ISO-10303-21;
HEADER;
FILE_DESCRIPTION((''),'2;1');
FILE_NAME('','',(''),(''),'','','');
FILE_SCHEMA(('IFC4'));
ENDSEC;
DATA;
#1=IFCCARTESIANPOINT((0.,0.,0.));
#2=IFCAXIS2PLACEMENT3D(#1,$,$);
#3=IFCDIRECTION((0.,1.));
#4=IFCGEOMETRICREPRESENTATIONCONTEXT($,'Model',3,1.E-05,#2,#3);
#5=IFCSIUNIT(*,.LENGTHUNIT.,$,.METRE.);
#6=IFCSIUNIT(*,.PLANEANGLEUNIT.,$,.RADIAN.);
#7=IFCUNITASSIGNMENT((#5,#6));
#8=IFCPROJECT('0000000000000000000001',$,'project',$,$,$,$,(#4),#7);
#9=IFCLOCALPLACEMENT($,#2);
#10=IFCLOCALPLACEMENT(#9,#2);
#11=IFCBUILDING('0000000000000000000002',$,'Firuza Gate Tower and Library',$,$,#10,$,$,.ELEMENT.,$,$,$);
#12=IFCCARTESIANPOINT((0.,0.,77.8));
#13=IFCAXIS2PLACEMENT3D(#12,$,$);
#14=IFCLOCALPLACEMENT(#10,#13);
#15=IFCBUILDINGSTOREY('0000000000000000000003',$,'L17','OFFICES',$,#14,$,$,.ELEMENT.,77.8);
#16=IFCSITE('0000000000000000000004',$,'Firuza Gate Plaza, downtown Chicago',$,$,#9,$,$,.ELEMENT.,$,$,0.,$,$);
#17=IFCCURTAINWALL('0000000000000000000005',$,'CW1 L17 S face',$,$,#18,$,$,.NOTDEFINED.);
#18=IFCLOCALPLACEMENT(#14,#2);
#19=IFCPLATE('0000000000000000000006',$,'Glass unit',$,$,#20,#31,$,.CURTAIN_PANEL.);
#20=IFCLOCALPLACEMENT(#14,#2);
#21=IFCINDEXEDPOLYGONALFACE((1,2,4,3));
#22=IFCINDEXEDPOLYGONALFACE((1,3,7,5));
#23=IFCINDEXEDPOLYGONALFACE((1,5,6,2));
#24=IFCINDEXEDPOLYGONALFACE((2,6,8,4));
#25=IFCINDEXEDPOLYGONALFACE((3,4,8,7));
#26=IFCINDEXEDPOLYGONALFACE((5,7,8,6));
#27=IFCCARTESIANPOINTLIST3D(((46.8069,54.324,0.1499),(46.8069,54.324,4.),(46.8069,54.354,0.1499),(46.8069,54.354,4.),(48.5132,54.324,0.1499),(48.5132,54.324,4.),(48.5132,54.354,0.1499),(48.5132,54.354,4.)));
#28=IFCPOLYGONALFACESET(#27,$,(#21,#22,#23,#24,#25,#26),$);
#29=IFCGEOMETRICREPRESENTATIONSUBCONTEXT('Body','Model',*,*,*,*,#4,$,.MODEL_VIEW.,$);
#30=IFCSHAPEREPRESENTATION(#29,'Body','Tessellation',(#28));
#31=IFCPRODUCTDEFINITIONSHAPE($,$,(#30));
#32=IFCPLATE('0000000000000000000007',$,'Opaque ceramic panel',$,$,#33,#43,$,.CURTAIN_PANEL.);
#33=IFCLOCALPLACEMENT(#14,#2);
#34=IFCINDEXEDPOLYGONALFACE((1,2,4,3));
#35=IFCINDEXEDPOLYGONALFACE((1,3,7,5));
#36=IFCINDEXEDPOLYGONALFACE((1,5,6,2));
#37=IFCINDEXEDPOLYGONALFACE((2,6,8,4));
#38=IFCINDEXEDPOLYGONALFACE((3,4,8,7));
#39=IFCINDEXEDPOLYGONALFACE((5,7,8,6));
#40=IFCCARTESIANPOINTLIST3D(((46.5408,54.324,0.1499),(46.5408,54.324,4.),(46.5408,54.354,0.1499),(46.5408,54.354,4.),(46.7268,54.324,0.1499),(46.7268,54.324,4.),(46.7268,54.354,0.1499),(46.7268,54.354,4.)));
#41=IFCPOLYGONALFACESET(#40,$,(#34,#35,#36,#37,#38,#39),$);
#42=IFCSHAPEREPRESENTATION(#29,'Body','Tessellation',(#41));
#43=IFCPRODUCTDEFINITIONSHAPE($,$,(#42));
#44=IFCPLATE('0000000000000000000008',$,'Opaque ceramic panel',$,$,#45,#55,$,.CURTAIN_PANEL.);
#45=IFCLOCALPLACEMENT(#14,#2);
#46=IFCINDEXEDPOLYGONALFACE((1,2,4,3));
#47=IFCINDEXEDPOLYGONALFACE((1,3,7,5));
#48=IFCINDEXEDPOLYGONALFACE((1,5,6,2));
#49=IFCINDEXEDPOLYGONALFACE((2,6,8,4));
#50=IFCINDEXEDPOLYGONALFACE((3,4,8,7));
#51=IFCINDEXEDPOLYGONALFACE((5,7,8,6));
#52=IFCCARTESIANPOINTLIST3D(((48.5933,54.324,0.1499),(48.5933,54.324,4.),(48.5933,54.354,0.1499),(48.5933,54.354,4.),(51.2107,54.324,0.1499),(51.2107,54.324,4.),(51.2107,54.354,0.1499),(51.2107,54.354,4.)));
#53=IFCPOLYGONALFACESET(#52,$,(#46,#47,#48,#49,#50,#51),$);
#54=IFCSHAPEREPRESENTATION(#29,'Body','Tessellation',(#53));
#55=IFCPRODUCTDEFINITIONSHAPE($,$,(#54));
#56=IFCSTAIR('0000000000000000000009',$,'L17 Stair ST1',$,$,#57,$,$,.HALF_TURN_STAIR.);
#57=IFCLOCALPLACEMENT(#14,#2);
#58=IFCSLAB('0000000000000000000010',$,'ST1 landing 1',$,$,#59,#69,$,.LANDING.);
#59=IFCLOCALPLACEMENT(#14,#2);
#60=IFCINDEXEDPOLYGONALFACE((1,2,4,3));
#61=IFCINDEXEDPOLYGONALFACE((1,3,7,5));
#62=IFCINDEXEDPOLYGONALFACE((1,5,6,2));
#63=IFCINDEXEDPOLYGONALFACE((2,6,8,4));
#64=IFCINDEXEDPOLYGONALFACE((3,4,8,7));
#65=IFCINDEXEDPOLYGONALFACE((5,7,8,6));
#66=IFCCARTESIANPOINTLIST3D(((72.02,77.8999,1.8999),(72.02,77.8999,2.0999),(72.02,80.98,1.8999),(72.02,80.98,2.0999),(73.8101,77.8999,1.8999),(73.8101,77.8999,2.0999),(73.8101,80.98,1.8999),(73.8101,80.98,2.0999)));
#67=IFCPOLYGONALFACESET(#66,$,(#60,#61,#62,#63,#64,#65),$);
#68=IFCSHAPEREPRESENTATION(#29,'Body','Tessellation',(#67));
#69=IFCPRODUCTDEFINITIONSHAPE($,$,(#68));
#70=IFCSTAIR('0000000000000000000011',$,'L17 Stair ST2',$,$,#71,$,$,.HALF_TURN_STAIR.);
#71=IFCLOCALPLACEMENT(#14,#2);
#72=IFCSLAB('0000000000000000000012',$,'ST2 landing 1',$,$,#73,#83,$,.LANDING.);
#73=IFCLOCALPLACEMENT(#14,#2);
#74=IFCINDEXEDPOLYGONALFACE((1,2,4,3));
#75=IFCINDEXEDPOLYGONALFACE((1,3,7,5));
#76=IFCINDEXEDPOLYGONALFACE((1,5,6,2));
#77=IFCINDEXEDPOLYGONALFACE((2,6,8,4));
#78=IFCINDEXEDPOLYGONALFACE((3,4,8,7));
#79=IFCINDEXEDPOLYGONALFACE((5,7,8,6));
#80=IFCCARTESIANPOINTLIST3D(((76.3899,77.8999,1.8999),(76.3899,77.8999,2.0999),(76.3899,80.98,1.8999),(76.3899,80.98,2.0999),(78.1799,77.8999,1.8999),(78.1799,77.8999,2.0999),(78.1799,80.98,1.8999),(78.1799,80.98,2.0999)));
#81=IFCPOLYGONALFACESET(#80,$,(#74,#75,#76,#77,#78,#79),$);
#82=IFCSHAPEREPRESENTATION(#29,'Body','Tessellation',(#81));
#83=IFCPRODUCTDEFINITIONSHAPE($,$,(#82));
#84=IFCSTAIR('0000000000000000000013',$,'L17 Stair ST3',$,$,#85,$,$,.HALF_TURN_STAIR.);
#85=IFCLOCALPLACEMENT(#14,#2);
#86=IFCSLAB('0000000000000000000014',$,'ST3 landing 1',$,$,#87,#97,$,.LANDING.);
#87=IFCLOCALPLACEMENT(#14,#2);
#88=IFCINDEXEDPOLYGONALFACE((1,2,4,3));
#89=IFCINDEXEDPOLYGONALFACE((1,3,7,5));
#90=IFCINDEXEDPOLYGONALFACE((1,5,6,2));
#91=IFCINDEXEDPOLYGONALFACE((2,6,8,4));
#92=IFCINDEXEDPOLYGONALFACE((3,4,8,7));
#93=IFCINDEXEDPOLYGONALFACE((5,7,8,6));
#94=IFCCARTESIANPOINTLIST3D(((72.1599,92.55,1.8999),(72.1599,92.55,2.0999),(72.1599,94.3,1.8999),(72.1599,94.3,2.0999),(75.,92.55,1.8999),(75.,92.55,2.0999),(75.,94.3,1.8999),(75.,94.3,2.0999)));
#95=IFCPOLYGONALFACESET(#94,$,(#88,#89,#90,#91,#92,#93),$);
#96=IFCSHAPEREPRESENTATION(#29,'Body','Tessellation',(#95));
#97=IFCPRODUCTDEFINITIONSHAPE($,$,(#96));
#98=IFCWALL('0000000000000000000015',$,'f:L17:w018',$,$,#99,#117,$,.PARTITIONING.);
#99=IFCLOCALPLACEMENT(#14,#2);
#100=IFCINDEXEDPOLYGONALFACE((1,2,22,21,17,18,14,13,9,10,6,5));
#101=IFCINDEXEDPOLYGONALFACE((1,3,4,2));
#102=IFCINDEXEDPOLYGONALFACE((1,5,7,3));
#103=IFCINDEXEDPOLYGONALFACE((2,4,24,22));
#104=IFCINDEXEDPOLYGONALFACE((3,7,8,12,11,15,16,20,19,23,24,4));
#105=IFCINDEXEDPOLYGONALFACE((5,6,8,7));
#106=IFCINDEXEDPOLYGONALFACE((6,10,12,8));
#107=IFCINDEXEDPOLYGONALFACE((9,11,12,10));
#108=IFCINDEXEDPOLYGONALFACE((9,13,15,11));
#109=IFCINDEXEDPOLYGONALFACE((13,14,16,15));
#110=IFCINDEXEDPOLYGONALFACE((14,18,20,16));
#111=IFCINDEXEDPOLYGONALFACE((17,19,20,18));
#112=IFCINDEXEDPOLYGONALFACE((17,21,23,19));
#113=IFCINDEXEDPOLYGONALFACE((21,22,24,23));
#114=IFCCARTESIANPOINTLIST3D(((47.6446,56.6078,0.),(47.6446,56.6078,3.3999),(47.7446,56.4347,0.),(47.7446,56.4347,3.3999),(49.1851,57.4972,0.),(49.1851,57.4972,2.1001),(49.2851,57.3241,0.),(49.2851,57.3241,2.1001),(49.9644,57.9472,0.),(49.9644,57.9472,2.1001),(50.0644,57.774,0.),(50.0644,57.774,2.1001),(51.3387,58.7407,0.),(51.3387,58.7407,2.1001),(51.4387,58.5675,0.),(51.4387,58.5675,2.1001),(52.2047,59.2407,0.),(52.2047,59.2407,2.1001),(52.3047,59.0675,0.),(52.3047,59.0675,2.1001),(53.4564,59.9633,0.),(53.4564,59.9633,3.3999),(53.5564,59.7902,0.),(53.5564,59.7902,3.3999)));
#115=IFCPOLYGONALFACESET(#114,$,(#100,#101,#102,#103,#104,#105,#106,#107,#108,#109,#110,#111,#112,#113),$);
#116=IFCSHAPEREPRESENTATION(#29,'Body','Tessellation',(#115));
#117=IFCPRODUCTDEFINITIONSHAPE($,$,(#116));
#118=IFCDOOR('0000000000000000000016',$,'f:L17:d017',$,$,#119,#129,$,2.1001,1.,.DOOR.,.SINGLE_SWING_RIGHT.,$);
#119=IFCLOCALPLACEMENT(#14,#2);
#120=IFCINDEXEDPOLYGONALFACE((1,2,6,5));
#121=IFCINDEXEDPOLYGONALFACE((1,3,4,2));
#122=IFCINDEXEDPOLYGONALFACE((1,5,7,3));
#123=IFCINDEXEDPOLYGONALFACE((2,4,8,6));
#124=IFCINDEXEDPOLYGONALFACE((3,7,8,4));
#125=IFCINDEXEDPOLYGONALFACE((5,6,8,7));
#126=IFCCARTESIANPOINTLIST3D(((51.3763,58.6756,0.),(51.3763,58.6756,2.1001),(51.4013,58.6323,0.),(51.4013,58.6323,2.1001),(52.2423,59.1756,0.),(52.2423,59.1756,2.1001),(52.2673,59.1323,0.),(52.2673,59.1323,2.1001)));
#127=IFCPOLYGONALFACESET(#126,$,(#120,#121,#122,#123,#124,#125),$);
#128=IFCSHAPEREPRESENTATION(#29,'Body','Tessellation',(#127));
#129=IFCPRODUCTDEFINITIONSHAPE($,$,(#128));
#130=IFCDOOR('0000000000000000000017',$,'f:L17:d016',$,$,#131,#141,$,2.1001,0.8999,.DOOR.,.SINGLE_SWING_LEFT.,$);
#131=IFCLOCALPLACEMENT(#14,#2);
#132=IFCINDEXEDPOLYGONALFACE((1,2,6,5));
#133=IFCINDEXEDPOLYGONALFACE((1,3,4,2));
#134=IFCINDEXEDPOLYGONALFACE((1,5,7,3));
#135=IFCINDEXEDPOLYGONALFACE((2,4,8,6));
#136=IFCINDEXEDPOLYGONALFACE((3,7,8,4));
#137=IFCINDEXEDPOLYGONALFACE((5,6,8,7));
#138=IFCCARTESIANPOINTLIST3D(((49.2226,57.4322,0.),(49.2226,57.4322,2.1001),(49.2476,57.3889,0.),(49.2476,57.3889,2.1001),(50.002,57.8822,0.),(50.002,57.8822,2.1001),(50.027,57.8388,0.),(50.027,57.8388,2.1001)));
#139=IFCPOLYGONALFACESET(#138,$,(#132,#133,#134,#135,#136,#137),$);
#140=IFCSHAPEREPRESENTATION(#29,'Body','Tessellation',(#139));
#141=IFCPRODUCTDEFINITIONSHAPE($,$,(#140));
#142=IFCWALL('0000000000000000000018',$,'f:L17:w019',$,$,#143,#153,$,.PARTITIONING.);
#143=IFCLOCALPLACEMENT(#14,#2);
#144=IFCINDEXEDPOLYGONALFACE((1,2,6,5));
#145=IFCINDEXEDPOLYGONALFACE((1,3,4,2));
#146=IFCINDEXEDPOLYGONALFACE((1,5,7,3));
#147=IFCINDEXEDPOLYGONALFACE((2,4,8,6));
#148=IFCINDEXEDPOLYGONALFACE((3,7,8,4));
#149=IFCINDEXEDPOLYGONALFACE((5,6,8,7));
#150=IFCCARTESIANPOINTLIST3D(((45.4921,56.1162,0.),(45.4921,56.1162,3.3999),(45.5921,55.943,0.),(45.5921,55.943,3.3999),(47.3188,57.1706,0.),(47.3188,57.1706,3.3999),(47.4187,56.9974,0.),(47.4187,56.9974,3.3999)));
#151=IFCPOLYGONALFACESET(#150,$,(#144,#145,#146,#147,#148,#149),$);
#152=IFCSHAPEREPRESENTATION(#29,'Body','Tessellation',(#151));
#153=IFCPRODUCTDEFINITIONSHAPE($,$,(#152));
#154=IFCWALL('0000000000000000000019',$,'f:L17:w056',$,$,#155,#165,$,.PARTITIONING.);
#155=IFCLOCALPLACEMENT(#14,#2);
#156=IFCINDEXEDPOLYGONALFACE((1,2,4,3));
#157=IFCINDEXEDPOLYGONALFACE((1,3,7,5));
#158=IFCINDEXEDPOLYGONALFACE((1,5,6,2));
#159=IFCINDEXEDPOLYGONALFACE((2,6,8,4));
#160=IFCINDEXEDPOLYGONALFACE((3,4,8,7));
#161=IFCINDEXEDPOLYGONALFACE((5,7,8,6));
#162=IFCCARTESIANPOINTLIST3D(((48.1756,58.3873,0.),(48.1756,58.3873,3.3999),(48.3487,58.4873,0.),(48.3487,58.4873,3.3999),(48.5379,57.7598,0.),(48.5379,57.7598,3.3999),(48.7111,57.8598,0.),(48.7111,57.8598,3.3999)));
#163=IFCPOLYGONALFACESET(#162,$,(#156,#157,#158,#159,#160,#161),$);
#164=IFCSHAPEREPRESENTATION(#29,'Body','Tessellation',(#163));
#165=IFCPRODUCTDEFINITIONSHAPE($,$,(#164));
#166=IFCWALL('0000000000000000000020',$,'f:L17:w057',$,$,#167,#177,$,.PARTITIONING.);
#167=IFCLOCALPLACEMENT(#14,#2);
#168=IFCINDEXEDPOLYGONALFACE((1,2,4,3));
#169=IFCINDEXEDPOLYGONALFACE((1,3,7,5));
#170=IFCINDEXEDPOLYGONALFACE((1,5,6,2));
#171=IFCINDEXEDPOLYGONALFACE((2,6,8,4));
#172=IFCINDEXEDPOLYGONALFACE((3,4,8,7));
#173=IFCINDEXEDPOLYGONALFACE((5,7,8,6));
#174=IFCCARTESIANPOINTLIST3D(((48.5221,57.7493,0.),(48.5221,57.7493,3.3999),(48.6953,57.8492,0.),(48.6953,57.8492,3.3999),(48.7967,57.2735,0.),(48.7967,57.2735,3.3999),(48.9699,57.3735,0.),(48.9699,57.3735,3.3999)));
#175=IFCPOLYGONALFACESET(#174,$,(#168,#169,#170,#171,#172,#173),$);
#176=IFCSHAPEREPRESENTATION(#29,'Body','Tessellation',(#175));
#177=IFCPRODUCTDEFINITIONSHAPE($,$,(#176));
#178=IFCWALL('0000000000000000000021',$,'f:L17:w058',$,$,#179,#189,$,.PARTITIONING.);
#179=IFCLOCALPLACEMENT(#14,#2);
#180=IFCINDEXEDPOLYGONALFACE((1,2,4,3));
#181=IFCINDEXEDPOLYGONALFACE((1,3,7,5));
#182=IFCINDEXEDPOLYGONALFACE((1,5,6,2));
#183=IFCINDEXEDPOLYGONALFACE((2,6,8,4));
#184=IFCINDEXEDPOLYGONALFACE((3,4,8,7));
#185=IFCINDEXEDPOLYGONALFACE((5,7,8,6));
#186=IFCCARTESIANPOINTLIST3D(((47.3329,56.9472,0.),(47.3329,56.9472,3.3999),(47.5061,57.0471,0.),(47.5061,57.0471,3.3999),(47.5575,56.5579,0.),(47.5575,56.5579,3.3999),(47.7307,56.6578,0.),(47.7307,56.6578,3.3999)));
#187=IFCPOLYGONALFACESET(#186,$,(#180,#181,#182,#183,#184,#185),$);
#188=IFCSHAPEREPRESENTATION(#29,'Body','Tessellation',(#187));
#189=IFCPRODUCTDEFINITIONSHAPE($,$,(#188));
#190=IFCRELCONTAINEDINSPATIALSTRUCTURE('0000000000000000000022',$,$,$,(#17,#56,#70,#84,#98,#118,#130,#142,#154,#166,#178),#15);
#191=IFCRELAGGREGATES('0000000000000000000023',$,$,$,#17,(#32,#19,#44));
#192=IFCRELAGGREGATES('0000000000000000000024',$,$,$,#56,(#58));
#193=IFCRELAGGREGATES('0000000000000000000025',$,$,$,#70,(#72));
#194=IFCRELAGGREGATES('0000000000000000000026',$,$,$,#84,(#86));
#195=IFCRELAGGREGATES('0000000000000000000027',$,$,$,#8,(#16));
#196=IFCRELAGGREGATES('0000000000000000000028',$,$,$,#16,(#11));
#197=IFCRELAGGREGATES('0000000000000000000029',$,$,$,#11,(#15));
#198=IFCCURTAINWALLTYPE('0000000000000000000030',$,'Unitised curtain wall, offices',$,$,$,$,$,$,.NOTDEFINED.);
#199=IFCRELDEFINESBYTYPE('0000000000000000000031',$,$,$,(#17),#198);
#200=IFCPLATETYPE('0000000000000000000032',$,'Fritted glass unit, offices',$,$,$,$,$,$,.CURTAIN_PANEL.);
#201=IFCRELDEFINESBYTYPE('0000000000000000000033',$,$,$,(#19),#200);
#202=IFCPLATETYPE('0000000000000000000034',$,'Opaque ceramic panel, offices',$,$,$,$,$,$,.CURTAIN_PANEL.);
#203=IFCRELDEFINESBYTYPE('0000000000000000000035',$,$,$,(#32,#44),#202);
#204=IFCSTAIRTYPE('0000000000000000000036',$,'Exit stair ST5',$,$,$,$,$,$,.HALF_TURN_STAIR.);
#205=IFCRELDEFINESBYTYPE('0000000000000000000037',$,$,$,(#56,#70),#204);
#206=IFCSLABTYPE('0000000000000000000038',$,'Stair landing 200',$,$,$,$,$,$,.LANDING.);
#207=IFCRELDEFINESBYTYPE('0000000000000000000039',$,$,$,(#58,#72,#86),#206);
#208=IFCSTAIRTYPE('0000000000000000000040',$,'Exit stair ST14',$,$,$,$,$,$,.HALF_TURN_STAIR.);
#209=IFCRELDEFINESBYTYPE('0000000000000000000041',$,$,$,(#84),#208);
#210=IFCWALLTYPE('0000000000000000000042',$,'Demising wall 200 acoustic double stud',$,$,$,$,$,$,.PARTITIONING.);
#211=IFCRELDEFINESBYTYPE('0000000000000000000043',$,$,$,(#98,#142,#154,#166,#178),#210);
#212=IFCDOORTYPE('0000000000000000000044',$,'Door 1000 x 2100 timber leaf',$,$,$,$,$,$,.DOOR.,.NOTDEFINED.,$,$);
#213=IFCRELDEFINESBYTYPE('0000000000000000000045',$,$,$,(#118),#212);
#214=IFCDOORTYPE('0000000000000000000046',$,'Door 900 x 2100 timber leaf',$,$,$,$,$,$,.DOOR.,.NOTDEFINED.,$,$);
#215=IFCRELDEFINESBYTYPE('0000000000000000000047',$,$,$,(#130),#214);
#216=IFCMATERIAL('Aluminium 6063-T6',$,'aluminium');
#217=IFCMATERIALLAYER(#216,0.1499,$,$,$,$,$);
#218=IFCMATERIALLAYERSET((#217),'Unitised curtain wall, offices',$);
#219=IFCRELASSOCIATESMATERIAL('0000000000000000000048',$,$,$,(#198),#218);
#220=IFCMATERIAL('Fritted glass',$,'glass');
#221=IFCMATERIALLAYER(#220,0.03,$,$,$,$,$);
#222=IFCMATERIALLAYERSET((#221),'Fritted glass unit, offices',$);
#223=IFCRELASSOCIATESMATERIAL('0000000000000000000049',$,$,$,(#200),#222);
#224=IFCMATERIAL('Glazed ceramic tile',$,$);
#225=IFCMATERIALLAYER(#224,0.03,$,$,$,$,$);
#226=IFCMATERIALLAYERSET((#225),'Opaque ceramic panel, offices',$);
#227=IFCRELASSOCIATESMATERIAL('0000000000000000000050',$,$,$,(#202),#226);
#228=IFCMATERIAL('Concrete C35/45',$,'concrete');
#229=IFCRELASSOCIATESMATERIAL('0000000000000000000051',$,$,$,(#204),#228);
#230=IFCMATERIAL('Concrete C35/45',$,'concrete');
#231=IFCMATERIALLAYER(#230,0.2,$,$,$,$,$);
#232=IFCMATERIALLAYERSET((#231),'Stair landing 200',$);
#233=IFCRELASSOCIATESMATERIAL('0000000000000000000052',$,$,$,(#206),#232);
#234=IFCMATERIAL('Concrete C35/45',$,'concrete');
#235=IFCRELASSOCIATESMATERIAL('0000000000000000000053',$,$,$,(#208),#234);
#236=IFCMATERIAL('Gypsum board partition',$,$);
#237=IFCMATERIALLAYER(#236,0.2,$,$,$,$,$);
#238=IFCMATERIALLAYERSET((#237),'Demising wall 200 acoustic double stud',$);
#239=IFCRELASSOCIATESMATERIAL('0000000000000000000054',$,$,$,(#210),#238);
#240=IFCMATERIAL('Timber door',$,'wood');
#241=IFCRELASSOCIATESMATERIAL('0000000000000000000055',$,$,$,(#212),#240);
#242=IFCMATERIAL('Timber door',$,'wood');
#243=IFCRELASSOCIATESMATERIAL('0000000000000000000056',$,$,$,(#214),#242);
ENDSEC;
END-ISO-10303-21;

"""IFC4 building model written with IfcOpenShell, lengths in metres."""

from ifc_helpers import new_model, si_unit, direction, frame, frame_2d, origin, place, context, subcontext, project, spatial, polyline, rectangle, outline, extrude, material, layer, layer_set, type_object, element, fill, aggregate, save


model = new_model("IFC4")

# Units and contexts
model_context = context("Model", 3, precision=1e-05, world=origin(), true_north=direction((0.0, 1.0)))
body_context = subcontext(model_context, "Body", "Model", "MODEL_VIEW")
ifc_project = project(units=[si_unit("LENGTHUNIT", "METRE"), si_unit("PLANEANGLEUNIT", "RADIAN")], contexts=[model_context])

# Site, building, storey
site_placement = place(None, origin())
site = spatial("IfcSite", under=ifc_project, at=site_placement, Name="Firuza Gate Plaza, downtown Chicago", CompositionType="ELEMENT", RefElevation=0.0)
building_placement = place(site_placement, origin())
building = spatial("IfcBuilding", under=site, at=building_placement, Name="Firuza Gate Tower and Library", CompositionType="ELEMENT")
storey_placement = place(building_placement, frame((0.0, 0.0, 77.8)))
storey = spatial("IfcBuildingStorey", under=building, at=storey_placement, Name="L17", Description="OFFICES", CompositionType="ELEMENT", Elevation=77.8)

# Curtain wall
ifc_material_1 = material(Name="Aluminium 6063-T6", Category="aluminium")
ifc_layer_1 = layer(ifc_material_1, 0.1499)
ifc_layer_set_1 = layer_set([ifc_layer_1], Name="Unitised curtain wall, offices")
curtain_wall_type_1 = type_object("IfcCurtainWallType", Name="Unitised curtain wall, offices", PredefinedType="NOTDEFINED", material=ifc_layer_set_1)
placement_1 = place(storey_placement, origin())
curtain_wall_1 = element("IfcCurtainWall", 1, at=placement_1, inside=storey, type_object=curtain_wall_type_1, Name="CW1 L17 S face", PredefinedType="NOTDEFINED")

# Plates
ifc_material_2 = material(Name="Fritted glass", Category="glass")
ifc_layer_2 = layer(ifc_material_2, 0.03)
ifc_layer_set_2 = layer_set([ifc_layer_2], Name="Fritted glass unit, offices")
plate_type_1 = type_object("IfcPlateType", Name="Fritted glass unit, offices", PredefinedType="CURTAIN_PANEL", material=ifc_layer_set_2)
plate_1_placement = place(storey_placement, frame((46.8069, 54.324, 0.1499), z_axis=(0.0, -1.0, 0.0), x_axis=(1.0, 0.0, 0.0)))
plate_1 = element("IfcPlate", 2, at=plate_1_placement, type_object=plate_type_1, Name="Glass unit", PredefinedType="CURTAIN_PANEL", context=body_context, shape_type="SweptSolid", body=[
    extrude(outline(polyline([(0.0, 0.0), (1.7063, 0.0), (1.7063, 3.8501), (0.0, 3.8501), (0.0, 0.0)])), origin(), (0.0, 0.0, -1.0), 0.03),
])
ifc_material_3 = material(Name="Glazed ceramic tile")
ifc_layer_3 = layer(ifc_material_3, 0.03)
ifc_layer_set_3 = layer_set([ifc_layer_3], Name="Opaque ceramic panel, offices")
plate_type_2 = type_object("IfcPlateType", Name="Opaque ceramic panel, offices", PredefinedType="CURTAIN_PANEL", material=ifc_layer_set_3)
plate_2_placement = place(storey_placement, frame((46.5408, 54.324, 0.1499), z_axis=(0.0, -1.0, 0.0), x_axis=(1.0, 0.0, 0.0)))
plate_2 = element("IfcPlate", 3, at=plate_2_placement, type_object=plate_type_2, Name="Opaque ceramic panel", PredefinedType="CURTAIN_PANEL", context=body_context, shape_type="SweptSolid", body=[
    extrude(outline(polyline([(0.0, 0.0), (0.186, 0.0), (0.186, 3.8501), (0.0, 3.8501), (0.0, 0.0)])), origin(), (0.0, 0.0, -1.0), 0.03),
])
plate_3_placement = place(storey_placement, frame((48.5933, 54.324, 0.1499), z_axis=(0.0, -1.0, 0.0), x_axis=(1.0, 0.0, 0.0)))
plate_3 = element("IfcPlate", 4, at=plate_3_placement, type_object=plate_type_2, Name="Opaque ceramic panel", PredefinedType="CURTAIN_PANEL", context=body_context, shape_type="SweptSolid", body=[
    extrude(outline(polyline([(0.0, 0.0), (2.6174, 0.0), (2.6174, 3.8501), (0.0, 3.8501), (0.0, 0.0)])), origin(), (0.0, 0.0, -1.0), 0.03),
])
aggregate(curtain_wall_1, [plate_2, plate_1, plate_3])

# Stairs, slabs
ifc_material_4 = material(Name="Concrete C35/45", Category="concrete")
stair_type_1 = type_object("IfcStairType", Name="Exit stair ST5", PredefinedType="HALF_TURN_STAIR", material=ifc_material_4)
stair_1 = element("IfcStair", 5, at=placement_1, inside=storey, type_object=stair_type_1, Name="L17 Stair ST1", PredefinedType="HALF_TURN_STAIR")
ifc_material_5 = material(Name="Concrete C35/45", Category="concrete")
ifc_layer_4 = layer(ifc_material_5, 0.2)
ifc_layer_set_4 = layer_set([ifc_layer_4], Name="Stair landing 200")
slab_type_1 = type_object("IfcSlabType", Name="Stair landing 200", PredefinedType="LANDING", material=ifc_layer_set_4)
placement_2 = place(storey_placement, frame((0.0, 0.0, 1.8999)))
slab_1 = element("IfcSlab", 6, at=placement_2, type_object=slab_type_1, Name="ST1 landing 1", PredefinedType="LANDING", context=body_context, shape_type="SweptSolid", body=[
    extrude(outline(polyline([(72.02, 77.8999), (73.8101, 77.8999), (73.8101, 80.98), (72.02, 80.98), (72.02, 77.8999)])), origin(), (0.0, 0.0, 1.0), 0.2),
])
aggregate(stair_1, [slab_1])
stair_2 = element("IfcStair", 7, at=placement_1, inside=storey, type_object=stair_type_1, Name="L17 Stair ST2", PredefinedType="HALF_TURN_STAIR")
slab_2 = element("IfcSlab", 8, at=placement_2, type_object=slab_type_1, Name="ST2 landing 1", PredefinedType="LANDING", context=body_context, shape_type="SweptSolid", body=[
    extrude(outline(polyline([(78.1799, 80.98), (76.3899, 80.98), (76.3899, 77.8999), (78.1799, 77.8999), (78.1799, 80.98)])), origin(), (0.0, 0.0, 1.0), 0.2),
])
aggregate(stair_2, [slab_2])
ifc_material_6 = material(Name="Concrete C35/45", Category="concrete")
stair_type_2 = type_object("IfcStairType", Name="Exit stair ST14", PredefinedType="HALF_TURN_STAIR", material=ifc_material_6)
stair_3 = element("IfcStair", 9, at=placement_1, inside=storey, type_object=stair_type_2, Name="L17 Stair ST3", PredefinedType="HALF_TURN_STAIR")
slab_3 = element("IfcSlab", 10, at=placement_2, type_object=slab_type_1, Name="ST3 landing 1", PredefinedType="LANDING", context=body_context, shape_type="SweptSolid", body=[
    extrude(outline(polyline([(75.0, 92.55), (75.0, 94.3), (72.1599, 94.3), (72.1599, 92.55), (75.0, 92.55)])), origin(), (0.0, 0.0, 1.0), 0.2),
])
aggregate(stair_3, [slab_3])

# Wall, openings, doors
ifc_material_7 = material(Name="Gypsum board partition")
ifc_layer_5 = layer(ifc_material_7, 0.2)
ifc_layer_set_5 = layer_set([ifc_layer_5], Name="Demising wall 200 acoustic double stud")
wall_type_1 = type_object("IfcWallType", Name="Demising wall 200 acoustic double stud", PredefinedType="PARTITIONING", material=ifc_layer_set_5)
wall_1_placement = place(storey_placement, frame((47.6946, 56.5212, 0.0), z_axis=(0.0, 0.0, 1.0), x_axis=(0.866023, 0.500005, 0.0)))
wall_1 = element("IfcWall", 11, at=wall_1_placement, inside=storey, type_object=wall_type_1, Name="f:L17:w018", PredefinedType="PARTITIONING", context=body_context, shape_type="SweptSolid", body=[
    extrude(rectangle(XDim=6.7109, YDim=0.2, at=frame_2d((3.3555, 0.0))), origin(), (0.0, 0.0, 1.0), 3.3999),
])
opening_1_placement = place(wall_1_placement, frame((1.7788, 0.0, 0.0)))
opening_1 = element("IfcOpeningElement", 12, at=opening_1_placement, cuts=wall_1, PredefinedType="OPENING", context=body_context, shape_type="SweptSolid", body=[
    extrude(rectangle(XDim=0.8999, YDim=2.1001, at=frame_2d((0.45, 1.05))), frame((0.0, 0.1099, 0.0), z_axis=(0.0, -1.0, 0.0), x_axis=(1.0, 0.0, 0.0)), (0.0, 0.0, 1.0), 0.22),
])
opening_2_placement = place(wall_1_placement, frame((4.2656, 0.0, 0.0)))
opening_2 = element("IfcOpeningElement", 13, at=opening_2_placement, cuts=wall_1, PredefinedType="OPENING", context=body_context, shape_type="SweptSolid", body=[
    extrude(rectangle(XDim=1.0, YDim=2.1001, at=frame_2d((0.5, 1.05))), frame((0.0, 0.1099, 0.0), z_axis=(0.0, -1.0, 0.0), x_axis=(1.0, 0.0, 0.0)), (0.0, 0.0, 1.0), 0.22),
])
ifc_material_8 = material(Name="Timber door", Category="wood")
door_type_1 = type_object("IfcDoorType", Name="Door 1000 x 2100 timber leaf", OperationType="NOTDEFINED", PredefinedType="DOOR", material=ifc_material_8)
door_1_placement = place(opening_2_placement, origin())
door_1 = element("IfcDoor", 14, at=door_1_placement, inside=storey, type_object=door_type_1, Name="f:L17:d017", OperationType="SINGLE_SWING_RIGHT", OverallHeight=2.1001, OverallWidth=1.0, PredefinedType="DOOR", context=body_context, shape_type="SweptSolid", body=[
    extrude(rectangle(XDim=1.0, YDim=2.1001, at=frame_2d((0.5, 1.05))), frame((0.0, 0.0249, 0.0), z_axis=(0.0, -1.0, 0.0), x_axis=(1.0, 0.0, 0.0)), (0.0, 0.0, 1.0), 0.05),
])
fill(opening_2, door_1)
ifc_material_9 = material(Name="Timber door", Category="wood")
door_type_2 = type_object("IfcDoorType", Name="Door 900 x 2100 timber leaf", OperationType="NOTDEFINED", PredefinedType="DOOR", material=ifc_material_9)
door_2_placement = place(opening_1_placement, origin())
door_2 = element("IfcDoor", 15, at=door_2_placement, inside=storey, type_object=door_type_2, Name="f:L17:d016", OperationType="SINGLE_SWING_LEFT", OverallHeight=2.1001, OverallWidth=0.8999, PredefinedType="DOOR", context=body_context, shape_type="SweptSolid", body=[
    extrude(rectangle(XDim=0.8999, YDim=2.1001, at=frame_2d((0.45, 1.05))), frame((0.0, 0.0249, 0.0), z_axis=(0.0, -1.0, 0.0), x_axis=(1.0, 0.0, 0.0)), (0.0, 0.0, 1.0), 0.05),
])
fill(opening_1, door_2)

# Walls
wall_2_placement = place(storey_placement, frame((45.542, 56.0295, 0.0), z_axis=(0.0, 0.0, 1.0), x_axis=(0.866062, 0.499936, 0.0)))
element("IfcWall", 16, at=wall_2_placement, inside=storey, type_object=wall_type_1, Name="f:L17:w019", PredefinedType="PARTITIONING", context=body_context, shape_type="SweptSolid", body=[
    extrude(rectangle(XDim=2.1091, YDim=0.2, at=frame_2d((1.0547, 0.0))), origin(), (0.0, 0.0, 1.0), 3.3999),
])
wall_3_placement = place(storey_placement, frame((48.6245, 57.8098, 0.0), z_axis=(0.0, 0.0, 1.0), x_axis=(-0.500053, 0.865995, 0.0)))
element("IfcWall", 17, at=wall_3_placement, inside=storey, type_object=wall_type_1, Name="f:L17:w056", PredefinedType="PARTITIONING", context=body_context, shape_type="SweptSolid", body=[
    extrude(rectangle(XDim=0.7246, YDim=0.2, at=frame_2d((0.3623, 0.0))), origin(), (0.0, 0.0, 1.0), 3.3999),
])
wall_4_placement = place(storey_placement, frame((48.8833, 57.3235, 0.0), z_axis=(0.0, 0.0, 1.0), x_axis=(-0.499915, 0.866075, 0.0)))
element("IfcWall", 18, at=wall_4_placement, inside=storey, type_object=wall_type_1, Name="f:L17:w057", PredefinedType="PARTITIONING", context=body_context, shape_type="SweptSolid", body=[
    extrude(rectangle(XDim=0.5493, YDim=0.2, at=frame_2d((0.2747, 0.0))), origin(), (0.0, 0.0, 1.0), 3.3999),
])
wall_5_placement = place(storey_placement, frame((47.644, 56.6079, 0.0), z_axis=(0.0, 0.0, 1.0), x_axis=(-0.499644, 0.866231, 0.0)))
element("IfcWall", 19, at=wall_5_placement, inside=storey, type_object=wall_type_1, Name="f:L17:w058", PredefinedType="PARTITIONING", context=body_context, shape_type="SweptSolid", body=[
    extrude(rectangle(XDim=0.4495, YDim=0.2, at=frame_2d((0.2246, 0.0))), origin(), (0.0, 0.0, 1.0), 3.3999),
])

save(model, "model.ifc")
